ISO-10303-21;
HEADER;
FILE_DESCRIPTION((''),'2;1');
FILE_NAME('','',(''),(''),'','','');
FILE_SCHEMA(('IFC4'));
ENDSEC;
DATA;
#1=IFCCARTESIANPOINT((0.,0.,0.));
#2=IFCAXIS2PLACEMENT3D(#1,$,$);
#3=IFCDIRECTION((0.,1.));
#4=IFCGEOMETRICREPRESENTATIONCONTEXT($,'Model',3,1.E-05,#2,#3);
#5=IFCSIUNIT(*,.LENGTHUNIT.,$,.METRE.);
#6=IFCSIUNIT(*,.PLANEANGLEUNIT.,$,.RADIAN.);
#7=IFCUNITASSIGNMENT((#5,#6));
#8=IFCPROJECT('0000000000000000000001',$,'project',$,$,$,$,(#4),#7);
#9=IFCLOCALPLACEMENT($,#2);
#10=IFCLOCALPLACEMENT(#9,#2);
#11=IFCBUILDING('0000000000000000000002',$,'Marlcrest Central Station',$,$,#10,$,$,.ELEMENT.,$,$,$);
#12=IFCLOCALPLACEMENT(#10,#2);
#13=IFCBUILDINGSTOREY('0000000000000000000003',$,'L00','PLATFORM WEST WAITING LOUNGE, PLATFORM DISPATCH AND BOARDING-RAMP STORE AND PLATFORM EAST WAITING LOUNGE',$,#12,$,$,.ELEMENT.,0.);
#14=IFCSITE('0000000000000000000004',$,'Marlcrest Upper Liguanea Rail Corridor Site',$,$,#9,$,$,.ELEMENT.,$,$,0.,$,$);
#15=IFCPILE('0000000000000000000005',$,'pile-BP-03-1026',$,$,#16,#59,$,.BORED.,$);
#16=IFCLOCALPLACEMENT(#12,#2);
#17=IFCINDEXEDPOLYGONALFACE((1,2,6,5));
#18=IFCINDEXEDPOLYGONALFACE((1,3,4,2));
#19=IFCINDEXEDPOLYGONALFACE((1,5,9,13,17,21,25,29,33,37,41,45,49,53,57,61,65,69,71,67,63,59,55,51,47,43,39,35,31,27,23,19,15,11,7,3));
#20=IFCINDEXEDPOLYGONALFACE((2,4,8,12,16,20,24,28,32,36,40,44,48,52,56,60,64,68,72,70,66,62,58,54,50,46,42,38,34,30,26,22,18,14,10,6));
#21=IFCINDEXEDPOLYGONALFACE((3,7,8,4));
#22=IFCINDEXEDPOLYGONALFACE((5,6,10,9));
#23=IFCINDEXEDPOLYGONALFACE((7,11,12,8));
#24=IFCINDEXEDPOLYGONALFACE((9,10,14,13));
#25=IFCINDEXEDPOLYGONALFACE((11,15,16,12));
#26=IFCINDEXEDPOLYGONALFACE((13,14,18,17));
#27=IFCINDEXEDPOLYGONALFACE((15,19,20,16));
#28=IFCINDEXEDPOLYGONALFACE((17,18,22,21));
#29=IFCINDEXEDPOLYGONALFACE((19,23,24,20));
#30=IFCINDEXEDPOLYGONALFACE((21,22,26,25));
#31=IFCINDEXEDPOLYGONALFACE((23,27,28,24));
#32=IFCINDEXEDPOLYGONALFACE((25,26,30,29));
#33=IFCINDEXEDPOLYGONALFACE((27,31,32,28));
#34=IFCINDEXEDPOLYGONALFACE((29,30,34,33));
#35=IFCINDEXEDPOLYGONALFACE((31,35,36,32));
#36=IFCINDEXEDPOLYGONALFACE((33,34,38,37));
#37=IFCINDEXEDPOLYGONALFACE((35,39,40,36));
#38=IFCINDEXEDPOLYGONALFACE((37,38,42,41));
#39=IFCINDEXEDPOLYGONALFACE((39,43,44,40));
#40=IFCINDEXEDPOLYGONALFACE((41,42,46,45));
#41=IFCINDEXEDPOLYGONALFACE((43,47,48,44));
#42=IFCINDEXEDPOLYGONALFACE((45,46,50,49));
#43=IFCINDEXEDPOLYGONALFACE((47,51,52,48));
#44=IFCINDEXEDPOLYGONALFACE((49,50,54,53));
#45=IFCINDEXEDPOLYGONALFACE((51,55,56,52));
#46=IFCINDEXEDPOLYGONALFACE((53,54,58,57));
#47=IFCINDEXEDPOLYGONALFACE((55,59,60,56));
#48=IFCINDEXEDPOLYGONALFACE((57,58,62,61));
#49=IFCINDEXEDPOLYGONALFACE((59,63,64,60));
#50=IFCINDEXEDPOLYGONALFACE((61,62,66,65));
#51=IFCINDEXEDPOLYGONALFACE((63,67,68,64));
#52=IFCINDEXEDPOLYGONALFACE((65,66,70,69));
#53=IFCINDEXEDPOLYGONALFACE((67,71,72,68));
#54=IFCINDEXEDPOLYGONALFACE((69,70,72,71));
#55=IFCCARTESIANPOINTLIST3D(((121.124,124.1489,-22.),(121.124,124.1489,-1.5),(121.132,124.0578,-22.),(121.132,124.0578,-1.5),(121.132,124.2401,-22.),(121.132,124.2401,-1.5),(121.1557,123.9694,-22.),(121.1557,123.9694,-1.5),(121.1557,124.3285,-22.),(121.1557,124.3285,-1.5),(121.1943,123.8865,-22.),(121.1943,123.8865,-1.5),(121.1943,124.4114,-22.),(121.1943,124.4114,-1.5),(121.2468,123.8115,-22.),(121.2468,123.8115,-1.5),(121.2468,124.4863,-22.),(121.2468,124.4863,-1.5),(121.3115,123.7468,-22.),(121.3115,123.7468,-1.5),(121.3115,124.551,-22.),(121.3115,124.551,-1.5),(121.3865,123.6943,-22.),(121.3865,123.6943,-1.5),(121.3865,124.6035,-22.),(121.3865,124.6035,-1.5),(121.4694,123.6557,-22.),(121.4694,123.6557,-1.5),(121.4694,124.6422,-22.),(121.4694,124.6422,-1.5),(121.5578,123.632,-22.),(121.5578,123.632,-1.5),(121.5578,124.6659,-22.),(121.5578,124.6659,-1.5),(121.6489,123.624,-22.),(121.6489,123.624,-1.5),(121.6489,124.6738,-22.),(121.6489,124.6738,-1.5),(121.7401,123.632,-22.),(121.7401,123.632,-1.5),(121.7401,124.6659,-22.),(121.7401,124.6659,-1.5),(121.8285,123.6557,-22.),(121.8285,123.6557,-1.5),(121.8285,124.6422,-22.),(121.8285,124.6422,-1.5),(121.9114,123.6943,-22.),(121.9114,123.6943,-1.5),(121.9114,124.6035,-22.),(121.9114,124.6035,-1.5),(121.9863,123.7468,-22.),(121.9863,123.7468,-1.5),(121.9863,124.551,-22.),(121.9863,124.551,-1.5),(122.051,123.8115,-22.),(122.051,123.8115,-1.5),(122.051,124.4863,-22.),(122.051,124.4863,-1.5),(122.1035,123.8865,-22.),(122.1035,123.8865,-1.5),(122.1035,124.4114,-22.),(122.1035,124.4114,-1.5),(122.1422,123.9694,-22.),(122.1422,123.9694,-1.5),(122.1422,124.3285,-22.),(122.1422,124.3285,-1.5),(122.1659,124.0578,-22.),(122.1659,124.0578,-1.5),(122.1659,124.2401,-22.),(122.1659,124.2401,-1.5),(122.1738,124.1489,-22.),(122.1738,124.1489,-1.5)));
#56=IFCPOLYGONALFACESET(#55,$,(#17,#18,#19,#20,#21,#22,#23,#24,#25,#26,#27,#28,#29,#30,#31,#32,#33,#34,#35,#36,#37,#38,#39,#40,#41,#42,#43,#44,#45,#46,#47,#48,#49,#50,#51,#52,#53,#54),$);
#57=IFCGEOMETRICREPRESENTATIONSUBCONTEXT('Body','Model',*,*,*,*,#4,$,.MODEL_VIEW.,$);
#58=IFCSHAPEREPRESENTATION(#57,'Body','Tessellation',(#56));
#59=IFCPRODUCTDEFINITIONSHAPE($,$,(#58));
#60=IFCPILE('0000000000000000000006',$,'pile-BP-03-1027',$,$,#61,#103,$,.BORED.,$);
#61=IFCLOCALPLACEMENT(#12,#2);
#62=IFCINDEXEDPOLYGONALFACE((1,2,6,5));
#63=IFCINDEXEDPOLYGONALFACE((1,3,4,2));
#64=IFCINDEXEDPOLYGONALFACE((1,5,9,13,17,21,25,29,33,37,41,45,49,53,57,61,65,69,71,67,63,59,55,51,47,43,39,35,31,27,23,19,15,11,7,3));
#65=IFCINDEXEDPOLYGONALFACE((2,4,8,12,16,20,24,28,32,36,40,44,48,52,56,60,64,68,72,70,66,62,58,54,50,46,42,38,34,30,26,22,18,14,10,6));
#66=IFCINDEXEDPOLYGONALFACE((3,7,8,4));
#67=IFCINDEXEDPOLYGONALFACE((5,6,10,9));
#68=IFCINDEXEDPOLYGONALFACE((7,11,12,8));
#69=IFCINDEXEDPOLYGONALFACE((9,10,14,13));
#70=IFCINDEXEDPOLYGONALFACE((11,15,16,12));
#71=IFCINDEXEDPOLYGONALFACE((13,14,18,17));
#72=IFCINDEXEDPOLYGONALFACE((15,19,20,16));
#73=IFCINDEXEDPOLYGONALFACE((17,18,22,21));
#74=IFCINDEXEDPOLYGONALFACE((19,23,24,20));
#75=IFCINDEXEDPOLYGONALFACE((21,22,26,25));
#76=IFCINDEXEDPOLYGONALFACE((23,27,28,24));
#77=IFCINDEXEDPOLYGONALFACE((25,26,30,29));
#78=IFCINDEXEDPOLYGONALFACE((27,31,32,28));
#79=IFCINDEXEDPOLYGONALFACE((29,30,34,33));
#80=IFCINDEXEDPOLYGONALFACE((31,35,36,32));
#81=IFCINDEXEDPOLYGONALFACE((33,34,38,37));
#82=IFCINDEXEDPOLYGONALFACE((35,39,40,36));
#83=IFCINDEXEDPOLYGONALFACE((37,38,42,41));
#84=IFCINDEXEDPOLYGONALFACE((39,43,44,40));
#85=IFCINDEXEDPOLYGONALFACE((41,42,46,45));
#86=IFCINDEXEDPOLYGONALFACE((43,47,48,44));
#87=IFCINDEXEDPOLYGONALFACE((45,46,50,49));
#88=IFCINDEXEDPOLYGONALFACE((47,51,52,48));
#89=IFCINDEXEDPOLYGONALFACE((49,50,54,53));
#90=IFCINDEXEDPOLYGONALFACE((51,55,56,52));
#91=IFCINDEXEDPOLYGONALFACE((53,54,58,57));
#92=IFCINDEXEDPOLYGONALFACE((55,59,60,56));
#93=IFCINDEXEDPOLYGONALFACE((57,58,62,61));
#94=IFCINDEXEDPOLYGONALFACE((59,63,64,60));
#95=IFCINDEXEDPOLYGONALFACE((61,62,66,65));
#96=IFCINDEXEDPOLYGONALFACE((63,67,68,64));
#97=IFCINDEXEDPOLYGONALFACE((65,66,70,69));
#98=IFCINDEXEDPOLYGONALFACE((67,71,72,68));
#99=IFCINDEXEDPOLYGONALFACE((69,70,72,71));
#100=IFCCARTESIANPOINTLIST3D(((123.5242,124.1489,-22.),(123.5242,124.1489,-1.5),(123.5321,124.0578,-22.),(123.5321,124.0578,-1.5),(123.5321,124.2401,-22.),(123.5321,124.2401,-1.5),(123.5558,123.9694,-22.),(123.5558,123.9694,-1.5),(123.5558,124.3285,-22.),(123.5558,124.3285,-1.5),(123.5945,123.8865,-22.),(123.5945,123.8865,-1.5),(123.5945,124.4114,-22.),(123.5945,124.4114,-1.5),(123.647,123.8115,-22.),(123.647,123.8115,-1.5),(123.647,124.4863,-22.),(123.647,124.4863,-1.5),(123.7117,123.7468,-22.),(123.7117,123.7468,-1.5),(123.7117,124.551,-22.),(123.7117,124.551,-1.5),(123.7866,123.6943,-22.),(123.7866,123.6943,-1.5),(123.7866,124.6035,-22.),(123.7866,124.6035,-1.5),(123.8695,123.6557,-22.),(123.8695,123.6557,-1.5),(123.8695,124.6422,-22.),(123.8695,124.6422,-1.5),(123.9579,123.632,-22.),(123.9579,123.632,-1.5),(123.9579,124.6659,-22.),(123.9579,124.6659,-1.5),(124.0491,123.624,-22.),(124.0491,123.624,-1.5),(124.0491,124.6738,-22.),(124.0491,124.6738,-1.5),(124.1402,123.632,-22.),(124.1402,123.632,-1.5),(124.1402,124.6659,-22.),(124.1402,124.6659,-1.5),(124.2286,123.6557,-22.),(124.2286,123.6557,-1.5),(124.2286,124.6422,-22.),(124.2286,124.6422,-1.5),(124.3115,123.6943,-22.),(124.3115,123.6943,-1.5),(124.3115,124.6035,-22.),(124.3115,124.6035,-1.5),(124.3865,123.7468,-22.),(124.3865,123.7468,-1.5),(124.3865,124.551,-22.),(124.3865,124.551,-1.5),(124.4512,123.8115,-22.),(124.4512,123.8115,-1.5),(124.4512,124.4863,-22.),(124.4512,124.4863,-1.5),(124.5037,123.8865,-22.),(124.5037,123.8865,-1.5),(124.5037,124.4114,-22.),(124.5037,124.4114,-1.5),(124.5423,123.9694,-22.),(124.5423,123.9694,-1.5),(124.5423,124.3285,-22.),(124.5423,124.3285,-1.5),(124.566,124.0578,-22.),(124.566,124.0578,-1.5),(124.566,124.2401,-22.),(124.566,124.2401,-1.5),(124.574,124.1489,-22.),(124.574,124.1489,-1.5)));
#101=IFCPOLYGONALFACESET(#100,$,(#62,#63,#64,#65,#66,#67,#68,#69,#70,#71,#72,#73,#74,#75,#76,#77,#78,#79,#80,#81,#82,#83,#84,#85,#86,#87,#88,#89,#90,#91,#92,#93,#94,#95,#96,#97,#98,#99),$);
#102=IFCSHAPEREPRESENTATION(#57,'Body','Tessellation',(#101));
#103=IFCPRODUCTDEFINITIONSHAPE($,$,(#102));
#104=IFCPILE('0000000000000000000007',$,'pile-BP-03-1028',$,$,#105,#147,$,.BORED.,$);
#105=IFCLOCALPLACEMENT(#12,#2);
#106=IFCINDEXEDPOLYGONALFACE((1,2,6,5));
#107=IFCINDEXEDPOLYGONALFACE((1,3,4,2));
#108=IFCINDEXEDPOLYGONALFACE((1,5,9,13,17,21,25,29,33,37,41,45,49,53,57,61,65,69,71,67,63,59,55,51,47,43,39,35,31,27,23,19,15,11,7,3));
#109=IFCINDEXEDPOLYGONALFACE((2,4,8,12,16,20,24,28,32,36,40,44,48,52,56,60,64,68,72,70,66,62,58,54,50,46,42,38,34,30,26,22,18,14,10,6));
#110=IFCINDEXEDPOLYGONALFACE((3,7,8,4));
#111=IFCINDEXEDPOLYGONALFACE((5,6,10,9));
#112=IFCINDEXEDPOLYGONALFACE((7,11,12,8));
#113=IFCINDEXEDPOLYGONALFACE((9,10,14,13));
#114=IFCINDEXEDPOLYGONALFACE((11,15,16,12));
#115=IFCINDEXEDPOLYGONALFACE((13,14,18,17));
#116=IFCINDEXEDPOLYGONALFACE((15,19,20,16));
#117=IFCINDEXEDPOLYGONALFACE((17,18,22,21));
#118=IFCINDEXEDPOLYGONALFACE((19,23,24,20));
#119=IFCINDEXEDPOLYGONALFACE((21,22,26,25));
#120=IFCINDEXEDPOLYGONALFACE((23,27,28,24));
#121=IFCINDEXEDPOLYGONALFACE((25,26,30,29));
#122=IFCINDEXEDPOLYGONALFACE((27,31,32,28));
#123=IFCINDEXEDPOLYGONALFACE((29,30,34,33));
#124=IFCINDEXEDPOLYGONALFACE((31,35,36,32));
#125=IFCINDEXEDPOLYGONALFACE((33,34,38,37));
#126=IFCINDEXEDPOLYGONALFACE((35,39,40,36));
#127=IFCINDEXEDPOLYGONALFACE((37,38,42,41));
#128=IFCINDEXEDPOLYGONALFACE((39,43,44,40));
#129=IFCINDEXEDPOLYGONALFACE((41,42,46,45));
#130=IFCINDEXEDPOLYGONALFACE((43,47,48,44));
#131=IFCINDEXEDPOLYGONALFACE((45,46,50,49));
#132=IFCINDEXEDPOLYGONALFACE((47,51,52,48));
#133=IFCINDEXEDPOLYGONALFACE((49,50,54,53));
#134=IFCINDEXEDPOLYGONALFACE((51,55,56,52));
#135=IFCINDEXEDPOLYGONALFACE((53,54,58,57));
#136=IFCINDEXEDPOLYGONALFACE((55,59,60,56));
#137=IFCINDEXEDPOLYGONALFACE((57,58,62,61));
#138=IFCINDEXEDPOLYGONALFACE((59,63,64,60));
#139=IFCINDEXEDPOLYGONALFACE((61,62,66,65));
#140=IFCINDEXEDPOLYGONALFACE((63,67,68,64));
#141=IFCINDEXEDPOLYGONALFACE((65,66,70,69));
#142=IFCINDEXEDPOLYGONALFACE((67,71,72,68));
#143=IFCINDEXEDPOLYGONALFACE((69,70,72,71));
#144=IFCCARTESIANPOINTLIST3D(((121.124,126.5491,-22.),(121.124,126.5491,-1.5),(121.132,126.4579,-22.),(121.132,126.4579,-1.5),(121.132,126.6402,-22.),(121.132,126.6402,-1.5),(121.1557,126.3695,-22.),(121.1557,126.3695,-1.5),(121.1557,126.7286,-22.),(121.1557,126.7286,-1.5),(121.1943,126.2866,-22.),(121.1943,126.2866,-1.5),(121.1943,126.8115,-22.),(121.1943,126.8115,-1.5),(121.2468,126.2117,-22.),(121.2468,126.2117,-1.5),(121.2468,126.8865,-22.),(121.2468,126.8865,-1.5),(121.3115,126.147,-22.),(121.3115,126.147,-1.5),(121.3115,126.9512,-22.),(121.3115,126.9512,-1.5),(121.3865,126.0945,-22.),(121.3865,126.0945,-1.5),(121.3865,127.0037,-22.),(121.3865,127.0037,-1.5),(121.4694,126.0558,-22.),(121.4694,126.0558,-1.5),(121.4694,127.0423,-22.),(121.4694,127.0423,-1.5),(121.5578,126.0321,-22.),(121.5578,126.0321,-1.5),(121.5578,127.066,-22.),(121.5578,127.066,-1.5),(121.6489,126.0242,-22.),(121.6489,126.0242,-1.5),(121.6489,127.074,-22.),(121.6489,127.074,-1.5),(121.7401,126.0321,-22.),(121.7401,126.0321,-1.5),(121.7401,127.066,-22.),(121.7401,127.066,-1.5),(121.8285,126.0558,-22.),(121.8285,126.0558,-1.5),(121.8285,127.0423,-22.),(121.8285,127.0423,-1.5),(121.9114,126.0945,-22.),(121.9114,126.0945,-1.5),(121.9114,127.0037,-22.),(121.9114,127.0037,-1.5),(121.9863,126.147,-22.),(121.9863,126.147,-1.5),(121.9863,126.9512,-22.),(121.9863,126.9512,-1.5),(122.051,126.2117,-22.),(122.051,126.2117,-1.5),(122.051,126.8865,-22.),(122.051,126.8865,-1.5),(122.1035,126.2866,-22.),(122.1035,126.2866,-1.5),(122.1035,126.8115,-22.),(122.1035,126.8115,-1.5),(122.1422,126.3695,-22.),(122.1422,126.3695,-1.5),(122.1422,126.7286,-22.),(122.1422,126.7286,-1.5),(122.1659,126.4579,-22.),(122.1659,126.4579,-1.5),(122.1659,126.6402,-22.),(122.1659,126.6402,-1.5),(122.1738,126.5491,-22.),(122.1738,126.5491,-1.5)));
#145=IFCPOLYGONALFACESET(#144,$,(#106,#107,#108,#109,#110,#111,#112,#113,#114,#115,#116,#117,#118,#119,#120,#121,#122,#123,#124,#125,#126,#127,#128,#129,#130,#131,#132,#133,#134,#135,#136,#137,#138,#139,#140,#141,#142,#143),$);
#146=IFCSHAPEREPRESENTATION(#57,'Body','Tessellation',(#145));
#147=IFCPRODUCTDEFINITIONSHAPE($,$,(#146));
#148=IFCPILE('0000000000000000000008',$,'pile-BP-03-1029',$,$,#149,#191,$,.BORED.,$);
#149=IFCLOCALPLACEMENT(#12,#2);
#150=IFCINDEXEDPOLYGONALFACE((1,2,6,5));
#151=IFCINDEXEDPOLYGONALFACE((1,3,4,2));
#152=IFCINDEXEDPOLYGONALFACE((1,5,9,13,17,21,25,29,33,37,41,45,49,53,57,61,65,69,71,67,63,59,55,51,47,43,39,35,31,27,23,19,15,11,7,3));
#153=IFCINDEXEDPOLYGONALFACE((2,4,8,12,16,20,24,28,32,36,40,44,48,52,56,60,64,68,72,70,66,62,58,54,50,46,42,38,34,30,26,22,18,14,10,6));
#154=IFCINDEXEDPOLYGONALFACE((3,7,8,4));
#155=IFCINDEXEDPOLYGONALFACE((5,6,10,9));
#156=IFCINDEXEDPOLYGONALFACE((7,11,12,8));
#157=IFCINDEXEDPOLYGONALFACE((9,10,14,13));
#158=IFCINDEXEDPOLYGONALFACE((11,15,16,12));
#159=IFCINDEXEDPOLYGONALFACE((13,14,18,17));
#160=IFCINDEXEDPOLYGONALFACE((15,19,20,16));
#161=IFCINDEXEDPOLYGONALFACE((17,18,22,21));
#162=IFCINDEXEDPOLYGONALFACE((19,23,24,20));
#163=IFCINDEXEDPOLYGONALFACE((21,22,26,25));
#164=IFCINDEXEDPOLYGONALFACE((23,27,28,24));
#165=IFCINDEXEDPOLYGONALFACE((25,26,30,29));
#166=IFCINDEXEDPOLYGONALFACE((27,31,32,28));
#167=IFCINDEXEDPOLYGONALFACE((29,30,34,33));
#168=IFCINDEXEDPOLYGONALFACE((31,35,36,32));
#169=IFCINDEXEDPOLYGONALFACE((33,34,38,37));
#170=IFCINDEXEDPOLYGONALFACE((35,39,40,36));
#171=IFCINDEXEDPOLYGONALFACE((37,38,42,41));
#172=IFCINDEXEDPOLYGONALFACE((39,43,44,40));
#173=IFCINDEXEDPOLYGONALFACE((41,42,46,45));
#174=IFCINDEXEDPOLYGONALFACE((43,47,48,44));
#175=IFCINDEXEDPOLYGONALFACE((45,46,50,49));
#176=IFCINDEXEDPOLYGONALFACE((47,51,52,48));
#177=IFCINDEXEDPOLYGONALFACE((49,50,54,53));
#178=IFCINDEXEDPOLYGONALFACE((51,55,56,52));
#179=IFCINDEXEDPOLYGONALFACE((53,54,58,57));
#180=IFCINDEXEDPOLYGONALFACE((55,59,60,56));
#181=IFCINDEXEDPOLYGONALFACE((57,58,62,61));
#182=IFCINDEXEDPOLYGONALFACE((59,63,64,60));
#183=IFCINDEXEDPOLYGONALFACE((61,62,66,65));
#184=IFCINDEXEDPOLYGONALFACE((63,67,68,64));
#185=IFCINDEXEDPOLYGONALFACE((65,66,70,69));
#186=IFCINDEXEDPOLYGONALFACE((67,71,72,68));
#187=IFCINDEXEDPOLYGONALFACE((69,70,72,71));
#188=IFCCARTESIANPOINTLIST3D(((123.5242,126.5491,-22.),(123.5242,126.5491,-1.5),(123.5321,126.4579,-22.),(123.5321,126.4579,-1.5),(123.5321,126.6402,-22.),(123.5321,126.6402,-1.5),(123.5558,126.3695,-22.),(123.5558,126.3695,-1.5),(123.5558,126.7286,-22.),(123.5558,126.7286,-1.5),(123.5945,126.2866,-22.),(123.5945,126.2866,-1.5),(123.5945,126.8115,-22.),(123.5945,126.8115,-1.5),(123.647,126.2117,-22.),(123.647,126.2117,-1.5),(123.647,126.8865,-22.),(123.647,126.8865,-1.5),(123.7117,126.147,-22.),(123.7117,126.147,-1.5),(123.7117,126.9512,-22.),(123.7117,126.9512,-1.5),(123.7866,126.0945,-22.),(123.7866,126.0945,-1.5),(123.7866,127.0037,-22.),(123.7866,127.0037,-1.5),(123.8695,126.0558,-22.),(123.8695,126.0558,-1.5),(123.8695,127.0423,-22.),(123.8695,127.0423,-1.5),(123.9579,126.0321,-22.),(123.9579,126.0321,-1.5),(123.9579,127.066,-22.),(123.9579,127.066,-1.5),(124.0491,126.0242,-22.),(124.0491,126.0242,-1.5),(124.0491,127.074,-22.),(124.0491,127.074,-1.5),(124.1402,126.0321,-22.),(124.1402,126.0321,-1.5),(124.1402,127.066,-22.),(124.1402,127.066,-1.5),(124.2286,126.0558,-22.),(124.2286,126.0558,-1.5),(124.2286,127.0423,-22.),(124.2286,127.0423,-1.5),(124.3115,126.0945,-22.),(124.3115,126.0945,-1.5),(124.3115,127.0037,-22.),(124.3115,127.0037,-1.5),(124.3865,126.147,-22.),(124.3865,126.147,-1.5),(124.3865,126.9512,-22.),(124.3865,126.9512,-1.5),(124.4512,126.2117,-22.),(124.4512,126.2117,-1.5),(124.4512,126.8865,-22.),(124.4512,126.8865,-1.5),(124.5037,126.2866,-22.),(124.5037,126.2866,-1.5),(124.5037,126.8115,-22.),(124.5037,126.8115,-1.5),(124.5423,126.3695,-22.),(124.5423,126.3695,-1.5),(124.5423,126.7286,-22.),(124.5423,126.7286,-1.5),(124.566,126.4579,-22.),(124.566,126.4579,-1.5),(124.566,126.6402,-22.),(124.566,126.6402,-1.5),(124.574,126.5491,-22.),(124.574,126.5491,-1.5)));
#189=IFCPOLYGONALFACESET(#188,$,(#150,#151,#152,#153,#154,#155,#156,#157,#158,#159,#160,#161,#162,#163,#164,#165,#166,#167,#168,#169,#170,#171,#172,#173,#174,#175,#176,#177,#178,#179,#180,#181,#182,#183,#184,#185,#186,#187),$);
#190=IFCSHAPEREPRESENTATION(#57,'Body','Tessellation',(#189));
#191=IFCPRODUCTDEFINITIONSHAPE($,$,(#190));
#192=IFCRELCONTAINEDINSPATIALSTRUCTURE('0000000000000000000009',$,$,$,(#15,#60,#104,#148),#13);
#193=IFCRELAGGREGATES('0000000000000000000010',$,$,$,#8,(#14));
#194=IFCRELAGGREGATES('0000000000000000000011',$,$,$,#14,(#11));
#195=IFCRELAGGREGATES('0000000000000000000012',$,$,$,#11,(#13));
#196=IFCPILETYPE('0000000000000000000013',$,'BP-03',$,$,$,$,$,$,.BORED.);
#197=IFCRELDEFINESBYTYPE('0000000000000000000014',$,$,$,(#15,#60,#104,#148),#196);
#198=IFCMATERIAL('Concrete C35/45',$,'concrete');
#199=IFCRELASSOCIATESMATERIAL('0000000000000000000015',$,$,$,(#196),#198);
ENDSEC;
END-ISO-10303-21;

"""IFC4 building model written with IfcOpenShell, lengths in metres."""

from ifc_helpers import new_model, si_unit, direction, frame, origin, origin_2d, place, context, subcontext, project, spatial, circle, extrude, material, material_profile, profile_set, type_object, element, save


model = new_model("IFC4")

# Units and contexts
model_context = context("Model", 3, precision=1e-05, world=origin(), true_north=direction((0.0, 1.0)))
body_context = subcontext(model_context, "Body", "Model", "MODEL_VIEW")
ifc_project = project(units=[si_unit("LENGTHUNIT", "METRE"), si_unit("PLANEANGLEUNIT", "RADIAN")], contexts=[model_context])

# Site, building, storey
site_placement = place(None, origin())
site = spatial("IfcSite", under=ifc_project, at=site_placement, Name="Marlcrest Upper Liguanea Rail Corridor Site", CompositionType="ELEMENT", RefElevation=0.0)
building_placement = place(site_placement, origin())
building = spatial("IfcBuilding", under=site, at=building_placement, Name="Marlcrest Central Station", CompositionType="ELEMENT")
storey_placement = place(building_placement, origin())
storey = spatial("IfcBuildingStorey", under=building, at=storey_placement, Name="L00", Description="PLATFORM WEST WAITING LOUNGE, PLATFORM DISPATCH AND BOARDING-RAMP STORE AND PLATFORM EAST WAITING LOUNGE", CompositionType="ELEMENT", Elevation=0.0)

# Piles
ifc_material_1 = material(Name="Concrete C35/45", Category="concrete")
ifc_material_profile_1 = material_profile(ifc_material_1, circle(Radius=0.5249, at=origin_2d()), Name="PILE D1050")
ifc_profile_set_1 = profile_set([ifc_material_profile_1], Name="Concrete C35/45")
pile_type = type_object("IfcPileType", Name="BP-03", PredefinedType="BORED", material=ifc_profile_set_1)
for number, where, z_axis, x_axis, name in (
    (1, (121.6489, 124.1489, -1.5), (0.0, 0.0, -1.0), (1.0, 0.0, 0.0), "pile-BP-03-1026"),
    (2, (124.0491, 124.1489, -1.5), (0.0, 0.0, -1.0), (1.0, 0.0, 0.0), "pile-BP-03-1027"),
    (3, (121.6489, 126.5491, -1.5), (0.0, 0.0, -1.0), (1.0, 0.0, 0.0), "pile-BP-03-1028"),
    (4, (124.0491, 126.5491, -1.5), (0.0, 0.0, -1.0), (1.0, 0.0, 0.0), "pile-BP-03-1029"),
):
    element("IfcPile", number, at=place(storey_placement, frame(where, z_axis=z_axis, x_axis=x_axis)), inside=storey, type_object=pile_type, Name=name, PredefinedType="BORED", context=body_context, shape_type="SweptSolid", body=[
        extrude(circle(Radius=0.5249, at=origin_2d()), origin(), (0.0, 0.0, 1.0), 20.5),
    ])

save(model, "model.ifc")
